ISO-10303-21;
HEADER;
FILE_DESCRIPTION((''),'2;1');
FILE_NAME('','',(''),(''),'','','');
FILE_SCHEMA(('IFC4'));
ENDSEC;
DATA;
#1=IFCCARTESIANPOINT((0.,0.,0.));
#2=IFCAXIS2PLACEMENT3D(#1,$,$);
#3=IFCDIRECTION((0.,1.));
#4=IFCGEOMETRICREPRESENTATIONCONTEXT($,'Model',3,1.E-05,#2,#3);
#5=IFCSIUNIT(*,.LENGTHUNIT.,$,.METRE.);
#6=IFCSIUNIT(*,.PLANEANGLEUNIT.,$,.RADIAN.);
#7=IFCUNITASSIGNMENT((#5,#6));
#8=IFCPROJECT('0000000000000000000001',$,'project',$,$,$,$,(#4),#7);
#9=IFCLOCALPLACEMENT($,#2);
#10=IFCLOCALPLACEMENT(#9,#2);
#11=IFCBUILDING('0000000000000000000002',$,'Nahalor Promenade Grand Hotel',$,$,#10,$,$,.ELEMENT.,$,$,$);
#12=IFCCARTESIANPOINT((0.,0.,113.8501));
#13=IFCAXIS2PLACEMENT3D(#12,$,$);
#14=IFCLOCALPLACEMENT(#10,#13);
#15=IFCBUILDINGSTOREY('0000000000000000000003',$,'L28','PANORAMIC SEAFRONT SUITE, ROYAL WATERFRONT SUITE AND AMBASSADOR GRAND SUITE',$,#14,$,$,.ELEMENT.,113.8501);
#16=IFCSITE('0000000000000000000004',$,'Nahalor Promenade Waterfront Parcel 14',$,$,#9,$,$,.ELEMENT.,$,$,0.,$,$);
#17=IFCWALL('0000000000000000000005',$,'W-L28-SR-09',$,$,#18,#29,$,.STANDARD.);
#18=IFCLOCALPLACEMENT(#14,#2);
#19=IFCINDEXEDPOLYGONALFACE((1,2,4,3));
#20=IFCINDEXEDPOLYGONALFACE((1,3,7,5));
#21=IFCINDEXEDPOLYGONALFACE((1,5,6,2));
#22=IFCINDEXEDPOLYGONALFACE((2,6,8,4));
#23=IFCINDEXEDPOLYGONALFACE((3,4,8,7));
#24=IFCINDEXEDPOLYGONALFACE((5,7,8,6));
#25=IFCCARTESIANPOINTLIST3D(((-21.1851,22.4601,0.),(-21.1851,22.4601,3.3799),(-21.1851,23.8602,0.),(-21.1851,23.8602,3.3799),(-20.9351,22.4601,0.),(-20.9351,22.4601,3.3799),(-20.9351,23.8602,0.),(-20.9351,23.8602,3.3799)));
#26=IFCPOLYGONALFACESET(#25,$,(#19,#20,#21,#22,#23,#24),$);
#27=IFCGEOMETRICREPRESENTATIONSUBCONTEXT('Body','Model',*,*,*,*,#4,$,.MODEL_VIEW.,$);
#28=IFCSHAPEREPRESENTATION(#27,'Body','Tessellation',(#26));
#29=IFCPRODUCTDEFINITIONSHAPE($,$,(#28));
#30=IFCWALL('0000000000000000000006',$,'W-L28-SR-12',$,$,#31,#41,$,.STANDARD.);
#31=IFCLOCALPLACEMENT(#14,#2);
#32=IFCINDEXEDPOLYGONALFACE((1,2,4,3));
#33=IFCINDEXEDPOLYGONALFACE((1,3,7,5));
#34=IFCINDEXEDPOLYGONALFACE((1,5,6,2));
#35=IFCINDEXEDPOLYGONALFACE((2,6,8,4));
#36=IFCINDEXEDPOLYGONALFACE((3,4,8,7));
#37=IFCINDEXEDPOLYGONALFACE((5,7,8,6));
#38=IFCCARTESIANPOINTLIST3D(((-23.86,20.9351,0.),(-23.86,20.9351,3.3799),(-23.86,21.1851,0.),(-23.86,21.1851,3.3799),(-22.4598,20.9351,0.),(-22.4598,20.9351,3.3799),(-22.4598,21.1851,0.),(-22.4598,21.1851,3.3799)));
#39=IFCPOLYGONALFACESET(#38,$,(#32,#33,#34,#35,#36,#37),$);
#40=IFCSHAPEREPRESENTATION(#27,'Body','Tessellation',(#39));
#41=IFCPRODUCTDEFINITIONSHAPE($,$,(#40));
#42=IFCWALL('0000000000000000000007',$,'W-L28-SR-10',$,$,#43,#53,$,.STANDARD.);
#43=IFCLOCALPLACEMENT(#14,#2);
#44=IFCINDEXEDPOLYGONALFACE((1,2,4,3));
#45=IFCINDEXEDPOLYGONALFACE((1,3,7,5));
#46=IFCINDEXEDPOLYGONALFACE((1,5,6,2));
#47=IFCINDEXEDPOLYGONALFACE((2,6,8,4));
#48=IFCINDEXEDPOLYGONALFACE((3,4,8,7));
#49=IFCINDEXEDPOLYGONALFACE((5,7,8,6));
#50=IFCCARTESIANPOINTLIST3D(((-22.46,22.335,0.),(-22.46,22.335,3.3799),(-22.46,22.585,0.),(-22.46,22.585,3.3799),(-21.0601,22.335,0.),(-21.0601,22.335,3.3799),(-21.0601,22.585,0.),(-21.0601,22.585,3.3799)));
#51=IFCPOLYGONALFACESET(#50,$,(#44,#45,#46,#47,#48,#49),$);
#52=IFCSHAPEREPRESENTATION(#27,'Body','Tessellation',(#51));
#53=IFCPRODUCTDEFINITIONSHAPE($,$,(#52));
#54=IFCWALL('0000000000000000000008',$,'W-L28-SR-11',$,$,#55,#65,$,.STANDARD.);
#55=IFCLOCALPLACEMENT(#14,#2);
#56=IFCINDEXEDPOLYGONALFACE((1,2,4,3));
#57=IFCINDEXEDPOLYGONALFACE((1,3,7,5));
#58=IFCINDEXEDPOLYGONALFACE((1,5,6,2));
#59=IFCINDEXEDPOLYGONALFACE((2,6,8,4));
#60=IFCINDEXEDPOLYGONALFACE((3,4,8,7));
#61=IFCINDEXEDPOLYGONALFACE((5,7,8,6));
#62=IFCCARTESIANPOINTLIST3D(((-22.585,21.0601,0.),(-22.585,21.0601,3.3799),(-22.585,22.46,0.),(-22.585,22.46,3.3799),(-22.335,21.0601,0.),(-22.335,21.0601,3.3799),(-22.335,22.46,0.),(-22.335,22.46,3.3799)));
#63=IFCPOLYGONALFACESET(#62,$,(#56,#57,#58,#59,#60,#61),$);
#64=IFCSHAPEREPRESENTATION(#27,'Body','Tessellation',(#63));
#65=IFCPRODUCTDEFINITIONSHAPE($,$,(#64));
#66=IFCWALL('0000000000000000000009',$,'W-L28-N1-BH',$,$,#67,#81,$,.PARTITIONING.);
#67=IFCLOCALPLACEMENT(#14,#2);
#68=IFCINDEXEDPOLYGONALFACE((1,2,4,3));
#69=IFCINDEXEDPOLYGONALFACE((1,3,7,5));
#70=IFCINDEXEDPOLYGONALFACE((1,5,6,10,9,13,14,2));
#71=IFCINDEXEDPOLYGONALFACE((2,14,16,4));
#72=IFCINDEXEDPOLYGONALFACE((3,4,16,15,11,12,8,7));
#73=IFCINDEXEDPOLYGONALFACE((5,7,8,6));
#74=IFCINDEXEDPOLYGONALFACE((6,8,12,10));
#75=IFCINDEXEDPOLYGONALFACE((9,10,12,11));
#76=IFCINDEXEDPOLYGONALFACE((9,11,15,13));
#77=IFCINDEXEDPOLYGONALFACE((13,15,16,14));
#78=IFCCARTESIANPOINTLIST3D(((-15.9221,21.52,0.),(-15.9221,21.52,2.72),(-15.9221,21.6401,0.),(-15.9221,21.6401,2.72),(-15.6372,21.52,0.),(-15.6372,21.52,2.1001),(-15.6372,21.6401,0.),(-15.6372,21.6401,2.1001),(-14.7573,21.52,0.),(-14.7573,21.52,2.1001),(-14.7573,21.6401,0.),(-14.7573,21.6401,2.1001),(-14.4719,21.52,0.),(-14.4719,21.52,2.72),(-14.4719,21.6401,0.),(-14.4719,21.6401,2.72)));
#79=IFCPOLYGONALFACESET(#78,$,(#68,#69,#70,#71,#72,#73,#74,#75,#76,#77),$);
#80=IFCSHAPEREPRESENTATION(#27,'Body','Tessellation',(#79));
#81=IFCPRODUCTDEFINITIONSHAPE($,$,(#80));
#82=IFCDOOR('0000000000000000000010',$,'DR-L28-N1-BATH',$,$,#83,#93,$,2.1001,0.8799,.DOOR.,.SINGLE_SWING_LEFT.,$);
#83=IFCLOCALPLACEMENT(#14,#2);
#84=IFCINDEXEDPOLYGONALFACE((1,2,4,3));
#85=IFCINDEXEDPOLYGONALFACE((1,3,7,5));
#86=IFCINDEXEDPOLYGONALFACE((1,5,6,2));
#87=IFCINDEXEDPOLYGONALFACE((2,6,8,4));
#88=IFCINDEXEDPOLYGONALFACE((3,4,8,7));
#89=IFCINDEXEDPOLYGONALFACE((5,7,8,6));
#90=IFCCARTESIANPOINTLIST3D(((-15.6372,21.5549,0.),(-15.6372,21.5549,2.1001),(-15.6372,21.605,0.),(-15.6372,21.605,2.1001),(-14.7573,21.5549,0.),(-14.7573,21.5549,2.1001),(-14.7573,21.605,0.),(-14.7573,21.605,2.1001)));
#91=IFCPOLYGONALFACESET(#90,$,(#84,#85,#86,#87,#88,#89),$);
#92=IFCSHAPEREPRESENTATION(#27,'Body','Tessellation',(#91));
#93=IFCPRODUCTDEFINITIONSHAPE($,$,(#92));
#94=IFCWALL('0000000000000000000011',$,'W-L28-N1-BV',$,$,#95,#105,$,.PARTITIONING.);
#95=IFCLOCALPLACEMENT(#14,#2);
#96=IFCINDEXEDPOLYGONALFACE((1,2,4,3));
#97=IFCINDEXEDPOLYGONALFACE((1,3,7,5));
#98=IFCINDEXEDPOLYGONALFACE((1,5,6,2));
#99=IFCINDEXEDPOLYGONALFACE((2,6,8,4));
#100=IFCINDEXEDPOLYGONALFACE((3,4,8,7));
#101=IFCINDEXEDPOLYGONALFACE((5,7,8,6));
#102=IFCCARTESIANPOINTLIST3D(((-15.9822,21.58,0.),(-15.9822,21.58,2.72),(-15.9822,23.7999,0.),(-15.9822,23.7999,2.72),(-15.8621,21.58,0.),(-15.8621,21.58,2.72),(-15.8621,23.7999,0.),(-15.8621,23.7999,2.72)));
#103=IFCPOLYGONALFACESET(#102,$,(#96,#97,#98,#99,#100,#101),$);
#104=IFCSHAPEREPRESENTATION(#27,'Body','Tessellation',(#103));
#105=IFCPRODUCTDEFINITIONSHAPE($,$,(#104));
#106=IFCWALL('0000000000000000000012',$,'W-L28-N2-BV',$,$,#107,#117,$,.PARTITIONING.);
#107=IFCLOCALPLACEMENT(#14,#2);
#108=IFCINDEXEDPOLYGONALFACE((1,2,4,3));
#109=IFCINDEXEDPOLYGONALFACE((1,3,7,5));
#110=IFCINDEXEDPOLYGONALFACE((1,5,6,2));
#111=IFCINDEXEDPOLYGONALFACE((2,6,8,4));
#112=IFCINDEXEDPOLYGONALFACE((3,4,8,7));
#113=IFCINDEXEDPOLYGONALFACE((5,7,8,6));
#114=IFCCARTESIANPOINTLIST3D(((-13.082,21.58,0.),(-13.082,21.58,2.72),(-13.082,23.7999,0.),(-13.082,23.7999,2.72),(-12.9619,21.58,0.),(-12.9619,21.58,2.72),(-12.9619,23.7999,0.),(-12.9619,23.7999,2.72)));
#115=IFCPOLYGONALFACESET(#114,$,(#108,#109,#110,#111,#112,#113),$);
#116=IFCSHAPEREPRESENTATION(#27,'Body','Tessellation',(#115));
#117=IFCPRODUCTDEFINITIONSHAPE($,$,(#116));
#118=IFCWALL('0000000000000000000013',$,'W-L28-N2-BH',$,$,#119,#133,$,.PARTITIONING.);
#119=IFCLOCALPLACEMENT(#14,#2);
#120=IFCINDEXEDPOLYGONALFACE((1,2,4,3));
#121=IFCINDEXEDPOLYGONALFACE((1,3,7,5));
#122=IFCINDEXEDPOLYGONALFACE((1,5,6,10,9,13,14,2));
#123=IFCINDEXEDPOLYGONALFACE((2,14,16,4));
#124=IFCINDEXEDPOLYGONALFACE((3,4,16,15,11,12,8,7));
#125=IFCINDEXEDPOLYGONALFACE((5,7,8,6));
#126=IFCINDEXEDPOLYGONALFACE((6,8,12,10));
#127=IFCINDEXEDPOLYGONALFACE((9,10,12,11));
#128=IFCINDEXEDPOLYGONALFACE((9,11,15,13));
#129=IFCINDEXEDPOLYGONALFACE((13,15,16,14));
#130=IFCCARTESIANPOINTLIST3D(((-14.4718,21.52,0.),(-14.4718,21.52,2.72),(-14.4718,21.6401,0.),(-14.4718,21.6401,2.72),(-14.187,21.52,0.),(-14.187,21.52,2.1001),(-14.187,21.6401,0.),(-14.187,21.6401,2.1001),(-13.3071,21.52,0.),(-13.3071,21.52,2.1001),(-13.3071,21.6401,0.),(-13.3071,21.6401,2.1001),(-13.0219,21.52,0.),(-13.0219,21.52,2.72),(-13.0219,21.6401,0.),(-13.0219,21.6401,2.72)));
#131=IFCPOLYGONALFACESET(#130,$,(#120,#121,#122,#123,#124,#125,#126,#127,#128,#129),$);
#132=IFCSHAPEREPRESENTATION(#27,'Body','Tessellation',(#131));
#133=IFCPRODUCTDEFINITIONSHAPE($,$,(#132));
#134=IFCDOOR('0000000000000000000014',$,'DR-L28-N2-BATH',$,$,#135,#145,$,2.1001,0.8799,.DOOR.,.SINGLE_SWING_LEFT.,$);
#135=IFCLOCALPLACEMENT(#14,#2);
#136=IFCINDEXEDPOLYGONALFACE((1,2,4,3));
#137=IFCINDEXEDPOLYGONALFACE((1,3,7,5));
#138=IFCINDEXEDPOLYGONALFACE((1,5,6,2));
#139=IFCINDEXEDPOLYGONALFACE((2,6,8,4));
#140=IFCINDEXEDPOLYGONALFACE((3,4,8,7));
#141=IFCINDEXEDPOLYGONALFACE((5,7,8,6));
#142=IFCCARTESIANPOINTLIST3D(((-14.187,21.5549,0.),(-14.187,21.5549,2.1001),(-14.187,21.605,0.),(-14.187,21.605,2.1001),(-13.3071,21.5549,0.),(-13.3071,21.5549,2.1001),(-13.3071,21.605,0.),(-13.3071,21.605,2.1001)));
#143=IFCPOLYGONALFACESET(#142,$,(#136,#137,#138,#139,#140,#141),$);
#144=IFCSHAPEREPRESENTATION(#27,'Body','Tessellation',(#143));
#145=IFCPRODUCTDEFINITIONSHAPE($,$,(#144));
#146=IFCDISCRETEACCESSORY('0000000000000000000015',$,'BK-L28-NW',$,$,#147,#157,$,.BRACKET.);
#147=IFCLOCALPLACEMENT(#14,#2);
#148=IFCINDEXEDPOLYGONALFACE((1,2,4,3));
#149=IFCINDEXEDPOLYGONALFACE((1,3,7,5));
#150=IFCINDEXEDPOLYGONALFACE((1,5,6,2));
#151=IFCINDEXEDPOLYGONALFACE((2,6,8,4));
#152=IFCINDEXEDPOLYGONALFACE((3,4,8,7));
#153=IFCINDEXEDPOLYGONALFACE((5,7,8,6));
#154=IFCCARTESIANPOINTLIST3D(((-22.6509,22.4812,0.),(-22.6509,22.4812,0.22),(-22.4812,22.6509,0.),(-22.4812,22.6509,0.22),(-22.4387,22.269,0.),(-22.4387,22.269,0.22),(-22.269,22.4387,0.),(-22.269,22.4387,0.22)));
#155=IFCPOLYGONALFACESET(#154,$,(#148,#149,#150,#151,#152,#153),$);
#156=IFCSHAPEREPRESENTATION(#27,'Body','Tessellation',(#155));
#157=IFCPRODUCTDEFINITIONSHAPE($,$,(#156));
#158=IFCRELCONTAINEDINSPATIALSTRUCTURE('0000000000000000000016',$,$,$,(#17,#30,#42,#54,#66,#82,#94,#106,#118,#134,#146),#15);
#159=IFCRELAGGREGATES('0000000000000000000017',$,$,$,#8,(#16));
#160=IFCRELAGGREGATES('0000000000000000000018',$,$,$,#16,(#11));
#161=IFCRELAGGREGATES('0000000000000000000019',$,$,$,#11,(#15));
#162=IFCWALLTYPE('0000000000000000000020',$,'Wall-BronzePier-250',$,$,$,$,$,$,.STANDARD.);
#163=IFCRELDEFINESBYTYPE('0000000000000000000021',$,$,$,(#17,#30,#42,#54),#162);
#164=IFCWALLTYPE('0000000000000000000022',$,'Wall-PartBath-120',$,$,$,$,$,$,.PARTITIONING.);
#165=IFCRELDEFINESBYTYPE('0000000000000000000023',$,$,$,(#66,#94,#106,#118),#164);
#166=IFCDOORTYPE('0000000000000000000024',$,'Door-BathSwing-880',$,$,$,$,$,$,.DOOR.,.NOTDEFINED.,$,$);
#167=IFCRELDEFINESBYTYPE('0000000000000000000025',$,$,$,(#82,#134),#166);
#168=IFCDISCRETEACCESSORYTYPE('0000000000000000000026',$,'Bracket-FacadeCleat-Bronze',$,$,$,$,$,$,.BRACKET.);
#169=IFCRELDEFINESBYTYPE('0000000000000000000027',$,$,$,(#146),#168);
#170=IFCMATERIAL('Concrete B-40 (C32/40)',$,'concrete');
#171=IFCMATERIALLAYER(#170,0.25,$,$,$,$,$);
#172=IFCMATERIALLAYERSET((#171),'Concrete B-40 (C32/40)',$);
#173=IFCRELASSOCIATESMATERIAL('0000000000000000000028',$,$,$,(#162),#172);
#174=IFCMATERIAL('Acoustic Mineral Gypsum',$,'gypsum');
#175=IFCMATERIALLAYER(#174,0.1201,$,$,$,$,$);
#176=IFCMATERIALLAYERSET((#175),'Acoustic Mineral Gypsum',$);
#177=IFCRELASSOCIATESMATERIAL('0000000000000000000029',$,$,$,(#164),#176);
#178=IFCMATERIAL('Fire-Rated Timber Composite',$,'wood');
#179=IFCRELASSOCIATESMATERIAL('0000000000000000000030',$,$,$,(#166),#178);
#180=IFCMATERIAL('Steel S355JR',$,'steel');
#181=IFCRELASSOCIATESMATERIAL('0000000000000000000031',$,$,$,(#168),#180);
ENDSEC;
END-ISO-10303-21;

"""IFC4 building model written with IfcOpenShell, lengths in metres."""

from ifc_helpers import new_model, si_unit, direction, frame, frame_2d, origin, origin_2d, place, context, subcontext, project, spatial, rectangle, extrude, source, transform, mapped, material, layer, layer_set, type_object, element, fill, save


model = new_model("IFC4")

# Units and contexts
model_context = context("Model", 3, precision=1e-05, world=origin(), true_north=direction((0.0, 1.0)))
body_context = subcontext(model_context, "Body", "Model", "MODEL_VIEW")
ifc_project = project(units=[si_unit("LENGTHUNIT", "METRE"), si_unit("PLANEANGLEUNIT", "RADIAN")], contexts=[model_context])

# Site, building, storey
site_placement = place(None, origin())
site = spatial("IfcSite", under=ifc_project, at=site_placement, Name="Nahalor Promenade Waterfront Parcel 14", CompositionType="ELEMENT", RefElevation=0.0)
building_placement = place(site_placement, origin())
building = spatial("IfcBuilding", under=site, at=building_placement, Name="Nahalor Promenade Grand Hotel", CompositionType="ELEMENT")
storey_placement = place(building_placement, frame((0.0, 0.0, 113.8501)))
storey = spatial("IfcBuildingStorey", under=building, at=storey_placement, Name="L28", Description="PANORAMIC SEAFRONT SUITE, ROYAL WATERFRONT SUITE AND AMBASSADOR GRAND SUITE", CompositionType="ELEMENT", Elevation=113.8501)

# Shared definitions
ifc_material_1 = material(Name="Steel S355JR", Category="steel")

# Walls
ifc_material_2 = material(Name="Concrete B-40 (C32/40)", Category="concrete")
ifc_layer_1 = layer(ifc_material_2, 0.25)
ifc_layer_set_1 = layer_set([ifc_layer_1], Name="Concrete B-40 (C32/40)")
wall_type_1 = type_object("IfcWallType", Name="Wall-BronzePier-250", PredefinedType="STANDARD", material=ifc_layer_set_1)
shared_shape_1 = source(origin(), body_context, "Body", "SweptSolid", [
    extrude(rectangle(XDim=1.4001, YDim=0.25, at=frame_2d((0.7002, 0.0))), origin(), (0.0, 0.0, 1.0), 3.3799),
])
for number, where, z_axis, x_axis, name in (
    (1, (-21.0601, 22.46, 0.0), (0.0, 0.0, 1.0), (0.0, 1.0, 0.0), "W-L28-SR-09"),
    (2, (-23.8601, 21.0601, 0.0), (0.0, 0.0, 1.0), (1.0, 0.0, 0.0), "W-L28-SR-12"),
):
    element("IfcWall", number, at=place(storey_placement, frame(where, z_axis=z_axis, x_axis=x_axis)), inside=storey, type_object=wall_type_1, Name=name, PredefinedType="STANDARD", context=body_context, shape_type="MappedRepresentation", body=[
        mapped(shared_shape_1, transform((0.0, 0.0, 0.0), scale=1.0)),
    ])
shared_shape_2 = source(origin(), body_context, "Body", "SweptSolid", [
    extrude(rectangle(XDim=1.3999, YDim=0.25, at=frame_2d((0.7, 0.0))), origin(), (0.0, 0.0, 1.0), 3.3799),
])
for number, where, z_axis, x_axis, name in (
    (3, (-22.46, 22.46, 0.0), (0.0, 0.0, 1.0), (1.0, 0.0, 0.0), "W-L28-SR-10"),
    (4, (-22.46, 21.0601, 0.0), (0.0, 0.0, 1.0), (0.0, 1.0, 0.0), "W-L28-SR-11"),
):
    element("IfcWall", number, at=place(storey_placement, frame(where, z_axis=z_axis, x_axis=x_axis)), inside=storey, type_object=wall_type_1, Name=name, PredefinedType="STANDARD", context=body_context, shape_type="MappedRepresentation", body=[
        mapped(shared_shape_2, transform((0.0, 0.0, 0.0), scale=1.0)),
    ])

# Wall, opening, door
ifc_material_3 = material(Name="Acoustic Mineral Gypsum", Category="gypsum")
ifc_layer_2 = layer(ifc_material_3, 0.1201)
ifc_layer_set_2 = layer_set([ifc_layer_2], Name="Acoustic Mineral Gypsum")
wall_type_2 = type_object("IfcWallType", Name="Wall-PartBath-120", PredefinedType="PARTITIONING", material=ifc_layer_set_2)
shared_shape_3 = source(origin(), body_context, "Body", "SweptSolid", [
    extrude(rectangle(XDim=1.4502, YDim=0.1201, at=frame_2d((0.7251, 0.0))), origin(), (0.0, 0.0, 1.0), 2.72),
])
wall_1_placement = place(storey_placement, frame((-15.9221, 21.5801, 0.0), z_axis=(0.0, 0.0, 1.0), x_axis=(1.0, 0.0, 0.0)))
wall_1 = element("IfcWall", 5, at=wall_1_placement, inside=storey, type_object=wall_type_2, Name="W-L28-N1-BH", PredefinedType="PARTITIONING", context=body_context, shape_type="MappedRepresentation", body=[
    mapped(shared_shape_3, transform((0.0, 0.0, 0.0), scale=1.0)),
])
opening_1_placement = place(wall_1_placement, frame((0.2849, 0.0, 0.0)))
opening_1 = element("IfcOpeningElement", 6, at=opening_1_placement, cuts=wall_1, PredefinedType="OPENING", context=body_context, shape_type="SweptSolid", body=[
    extrude(rectangle(XDim=0.8799, YDim=2.1001, at=frame_2d((0.4399, 1.05))), frame((0.0, 0.0701, 0.0), z_axis=(0.0, -1.0, 0.0), x_axis=(1.0, 0.0, 0.0)), (0.0, 0.0, 1.0), 0.1401),
])
ifc_material_4 = material(Name="Fire-Rated Timber Composite", Category="wood")
door_type = type_object("IfcDoorType", Name="Door-BathSwing-880", OperationType="NOTDEFINED", PredefinedType="DOOR", material=ifc_material_4)
shared_shape_4 = source(origin(), body_context, "Body", "SweptSolid", [
    extrude(rectangle(XDim=0.8799, YDim=2.1001, at=frame_2d((0.4399, 1.05))), frame((0.0, 0.0249, 0.0), z_axis=(0.0, -1.0, 0.0), x_axis=(1.0, 0.0, 0.0)), (0.0, 0.0, 1.0), 0.05),
])
door_1_placement = place(opening_1_placement, origin())
door_1 = element("IfcDoor", 7, at=door_1_placement, inside=storey, type_object=door_type, Name="DR-L28-N1-BATH", OperationType="SINGLE_SWING_LEFT", OverallHeight=2.1001, OverallWidth=0.8799, PredefinedType="DOOR", context=body_context, shape_type="MappedRepresentation", body=[
    mapped(shared_shape_4, transform((0.0, 0.0, 0.0), scale=1.0)),
])
fill(opening_1, door_1)

# Walls
shared_shape_5 = source(origin(), body_context, "Body", "SweptSolid", [
    extrude(rectangle(XDim=2.22, YDim=0.1201, at=frame_2d((1.1099, 0.0))), origin(), (0.0, 0.0, 1.0), 2.72),
])
for number, where, z_axis, x_axis, name in (
    (8, (-15.9221, 21.5801, 0.0), (0.0, 0.0, 1.0), (0.0, 1.0, 0.0), "W-L28-N1-BV"),
    (9, (-13.022, 21.5801, 0.0), (0.0, 0.0, 1.0), (0.0, 1.0, 0.0), "W-L28-N2-BV"),
):
    element("IfcWall", number, at=place(storey_placement, frame(where, z_axis=z_axis, x_axis=x_axis)), inside=storey, type_object=wall_type_2, Name=name, PredefinedType="PARTITIONING", context=body_context, shape_type="MappedRepresentation", body=[
        mapped(shared_shape_5, transform((0.0, 0.0, 0.0), scale=1.0)),
    ])

# Wall, opening, door
shared_shape_6 = source(origin(), body_context, "Body", "SweptSolid", [
    extrude(rectangle(XDim=1.45, YDim=0.1201, at=frame_2d((0.7251, 0.0))), origin(), (0.0, 0.0, 1.0), 2.72),
])
wall_2_placement = place(storey_placement, frame((-14.4719, 21.5801, 0.0), z_axis=(0.0, 0.0, 1.0), x_axis=(1.0, 0.0, 0.0)))
wall_2 = element("IfcWall", 10, at=wall_2_placement, inside=storey, type_object=wall_type_2, Name="W-L28-N2-BH", PredefinedType="PARTITIONING", context=body_context, shape_type="MappedRepresentation", body=[
    mapped(shared_shape_6, transform((0.0, 0.0, 0.0), scale=1.0)),
])
opening_2_placement = place(wall_2_placement, frame((0.2849, 0.0, 0.0)))
opening_2 = element("IfcOpeningElement", 11, at=opening_2_placement, cuts=wall_2, PredefinedType="OPENING", context=body_context, shape_type="SweptSolid", body=[
    extrude(rectangle(XDim=0.8799, YDim=2.1001, at=frame_2d((0.4399, 1.05))), frame((0.0, 0.0701, 0.0), z_axis=(0.0, -1.0, 0.0), x_axis=(1.0, 0.0, 0.0)), (0.0, 0.0, 1.0), 0.1401),
])
door_2_placement = place(opening_2_placement, origin())
door_2 = element("IfcDoor", 12, at=door_2_placement, inside=storey, type_object=door_type, Name="DR-L28-N2-BATH", OperationType="SINGLE_SWING_LEFT", OverallHeight=2.1001, OverallWidth=0.8799, PredefinedType="DOOR", context=body_context, shape_type="MappedRepresentation", body=[
    mapped(shared_shape_4, transform((0.0, 0.0, 0.0), scale=1.0)),
])
fill(opening_2, door_2)

# Discrete accessory
discrete_accessory_type = type_object("IfcDiscreteAccessoryType", Name="Bracket-FacadeCleat-Bronze", PredefinedType="BRACKET", material=ifc_material_1)
shared_shape_7 = source(origin(), body_context, "Body", "SweptSolid", [
    extrude(rectangle(XDim=0.3, YDim=0.24, at=origin_2d()), origin(), (0.0, 0.0, 1.0), 0.22),
])
discrete_accessory_placement = place(storey_placement, frame((-22.46, 22.46, 0.0), z_axis=(0.0, 0.0, 1.0), x_axis=(-0.707107, 0.707107, 0.0)))
element("IfcDiscreteAccessory", 13, at=discrete_accessory_placement, inside=storey, type_object=discrete_accessory_type, Name="BK-L28-NW", PredefinedType="BRACKET", context=body_context, shape_type="MappedRepresentation", body=[
    mapped(shared_shape_7, transform((0.0, 0.0, 0.0), scale=1.0)),
])

save(model, "model.ifc")
